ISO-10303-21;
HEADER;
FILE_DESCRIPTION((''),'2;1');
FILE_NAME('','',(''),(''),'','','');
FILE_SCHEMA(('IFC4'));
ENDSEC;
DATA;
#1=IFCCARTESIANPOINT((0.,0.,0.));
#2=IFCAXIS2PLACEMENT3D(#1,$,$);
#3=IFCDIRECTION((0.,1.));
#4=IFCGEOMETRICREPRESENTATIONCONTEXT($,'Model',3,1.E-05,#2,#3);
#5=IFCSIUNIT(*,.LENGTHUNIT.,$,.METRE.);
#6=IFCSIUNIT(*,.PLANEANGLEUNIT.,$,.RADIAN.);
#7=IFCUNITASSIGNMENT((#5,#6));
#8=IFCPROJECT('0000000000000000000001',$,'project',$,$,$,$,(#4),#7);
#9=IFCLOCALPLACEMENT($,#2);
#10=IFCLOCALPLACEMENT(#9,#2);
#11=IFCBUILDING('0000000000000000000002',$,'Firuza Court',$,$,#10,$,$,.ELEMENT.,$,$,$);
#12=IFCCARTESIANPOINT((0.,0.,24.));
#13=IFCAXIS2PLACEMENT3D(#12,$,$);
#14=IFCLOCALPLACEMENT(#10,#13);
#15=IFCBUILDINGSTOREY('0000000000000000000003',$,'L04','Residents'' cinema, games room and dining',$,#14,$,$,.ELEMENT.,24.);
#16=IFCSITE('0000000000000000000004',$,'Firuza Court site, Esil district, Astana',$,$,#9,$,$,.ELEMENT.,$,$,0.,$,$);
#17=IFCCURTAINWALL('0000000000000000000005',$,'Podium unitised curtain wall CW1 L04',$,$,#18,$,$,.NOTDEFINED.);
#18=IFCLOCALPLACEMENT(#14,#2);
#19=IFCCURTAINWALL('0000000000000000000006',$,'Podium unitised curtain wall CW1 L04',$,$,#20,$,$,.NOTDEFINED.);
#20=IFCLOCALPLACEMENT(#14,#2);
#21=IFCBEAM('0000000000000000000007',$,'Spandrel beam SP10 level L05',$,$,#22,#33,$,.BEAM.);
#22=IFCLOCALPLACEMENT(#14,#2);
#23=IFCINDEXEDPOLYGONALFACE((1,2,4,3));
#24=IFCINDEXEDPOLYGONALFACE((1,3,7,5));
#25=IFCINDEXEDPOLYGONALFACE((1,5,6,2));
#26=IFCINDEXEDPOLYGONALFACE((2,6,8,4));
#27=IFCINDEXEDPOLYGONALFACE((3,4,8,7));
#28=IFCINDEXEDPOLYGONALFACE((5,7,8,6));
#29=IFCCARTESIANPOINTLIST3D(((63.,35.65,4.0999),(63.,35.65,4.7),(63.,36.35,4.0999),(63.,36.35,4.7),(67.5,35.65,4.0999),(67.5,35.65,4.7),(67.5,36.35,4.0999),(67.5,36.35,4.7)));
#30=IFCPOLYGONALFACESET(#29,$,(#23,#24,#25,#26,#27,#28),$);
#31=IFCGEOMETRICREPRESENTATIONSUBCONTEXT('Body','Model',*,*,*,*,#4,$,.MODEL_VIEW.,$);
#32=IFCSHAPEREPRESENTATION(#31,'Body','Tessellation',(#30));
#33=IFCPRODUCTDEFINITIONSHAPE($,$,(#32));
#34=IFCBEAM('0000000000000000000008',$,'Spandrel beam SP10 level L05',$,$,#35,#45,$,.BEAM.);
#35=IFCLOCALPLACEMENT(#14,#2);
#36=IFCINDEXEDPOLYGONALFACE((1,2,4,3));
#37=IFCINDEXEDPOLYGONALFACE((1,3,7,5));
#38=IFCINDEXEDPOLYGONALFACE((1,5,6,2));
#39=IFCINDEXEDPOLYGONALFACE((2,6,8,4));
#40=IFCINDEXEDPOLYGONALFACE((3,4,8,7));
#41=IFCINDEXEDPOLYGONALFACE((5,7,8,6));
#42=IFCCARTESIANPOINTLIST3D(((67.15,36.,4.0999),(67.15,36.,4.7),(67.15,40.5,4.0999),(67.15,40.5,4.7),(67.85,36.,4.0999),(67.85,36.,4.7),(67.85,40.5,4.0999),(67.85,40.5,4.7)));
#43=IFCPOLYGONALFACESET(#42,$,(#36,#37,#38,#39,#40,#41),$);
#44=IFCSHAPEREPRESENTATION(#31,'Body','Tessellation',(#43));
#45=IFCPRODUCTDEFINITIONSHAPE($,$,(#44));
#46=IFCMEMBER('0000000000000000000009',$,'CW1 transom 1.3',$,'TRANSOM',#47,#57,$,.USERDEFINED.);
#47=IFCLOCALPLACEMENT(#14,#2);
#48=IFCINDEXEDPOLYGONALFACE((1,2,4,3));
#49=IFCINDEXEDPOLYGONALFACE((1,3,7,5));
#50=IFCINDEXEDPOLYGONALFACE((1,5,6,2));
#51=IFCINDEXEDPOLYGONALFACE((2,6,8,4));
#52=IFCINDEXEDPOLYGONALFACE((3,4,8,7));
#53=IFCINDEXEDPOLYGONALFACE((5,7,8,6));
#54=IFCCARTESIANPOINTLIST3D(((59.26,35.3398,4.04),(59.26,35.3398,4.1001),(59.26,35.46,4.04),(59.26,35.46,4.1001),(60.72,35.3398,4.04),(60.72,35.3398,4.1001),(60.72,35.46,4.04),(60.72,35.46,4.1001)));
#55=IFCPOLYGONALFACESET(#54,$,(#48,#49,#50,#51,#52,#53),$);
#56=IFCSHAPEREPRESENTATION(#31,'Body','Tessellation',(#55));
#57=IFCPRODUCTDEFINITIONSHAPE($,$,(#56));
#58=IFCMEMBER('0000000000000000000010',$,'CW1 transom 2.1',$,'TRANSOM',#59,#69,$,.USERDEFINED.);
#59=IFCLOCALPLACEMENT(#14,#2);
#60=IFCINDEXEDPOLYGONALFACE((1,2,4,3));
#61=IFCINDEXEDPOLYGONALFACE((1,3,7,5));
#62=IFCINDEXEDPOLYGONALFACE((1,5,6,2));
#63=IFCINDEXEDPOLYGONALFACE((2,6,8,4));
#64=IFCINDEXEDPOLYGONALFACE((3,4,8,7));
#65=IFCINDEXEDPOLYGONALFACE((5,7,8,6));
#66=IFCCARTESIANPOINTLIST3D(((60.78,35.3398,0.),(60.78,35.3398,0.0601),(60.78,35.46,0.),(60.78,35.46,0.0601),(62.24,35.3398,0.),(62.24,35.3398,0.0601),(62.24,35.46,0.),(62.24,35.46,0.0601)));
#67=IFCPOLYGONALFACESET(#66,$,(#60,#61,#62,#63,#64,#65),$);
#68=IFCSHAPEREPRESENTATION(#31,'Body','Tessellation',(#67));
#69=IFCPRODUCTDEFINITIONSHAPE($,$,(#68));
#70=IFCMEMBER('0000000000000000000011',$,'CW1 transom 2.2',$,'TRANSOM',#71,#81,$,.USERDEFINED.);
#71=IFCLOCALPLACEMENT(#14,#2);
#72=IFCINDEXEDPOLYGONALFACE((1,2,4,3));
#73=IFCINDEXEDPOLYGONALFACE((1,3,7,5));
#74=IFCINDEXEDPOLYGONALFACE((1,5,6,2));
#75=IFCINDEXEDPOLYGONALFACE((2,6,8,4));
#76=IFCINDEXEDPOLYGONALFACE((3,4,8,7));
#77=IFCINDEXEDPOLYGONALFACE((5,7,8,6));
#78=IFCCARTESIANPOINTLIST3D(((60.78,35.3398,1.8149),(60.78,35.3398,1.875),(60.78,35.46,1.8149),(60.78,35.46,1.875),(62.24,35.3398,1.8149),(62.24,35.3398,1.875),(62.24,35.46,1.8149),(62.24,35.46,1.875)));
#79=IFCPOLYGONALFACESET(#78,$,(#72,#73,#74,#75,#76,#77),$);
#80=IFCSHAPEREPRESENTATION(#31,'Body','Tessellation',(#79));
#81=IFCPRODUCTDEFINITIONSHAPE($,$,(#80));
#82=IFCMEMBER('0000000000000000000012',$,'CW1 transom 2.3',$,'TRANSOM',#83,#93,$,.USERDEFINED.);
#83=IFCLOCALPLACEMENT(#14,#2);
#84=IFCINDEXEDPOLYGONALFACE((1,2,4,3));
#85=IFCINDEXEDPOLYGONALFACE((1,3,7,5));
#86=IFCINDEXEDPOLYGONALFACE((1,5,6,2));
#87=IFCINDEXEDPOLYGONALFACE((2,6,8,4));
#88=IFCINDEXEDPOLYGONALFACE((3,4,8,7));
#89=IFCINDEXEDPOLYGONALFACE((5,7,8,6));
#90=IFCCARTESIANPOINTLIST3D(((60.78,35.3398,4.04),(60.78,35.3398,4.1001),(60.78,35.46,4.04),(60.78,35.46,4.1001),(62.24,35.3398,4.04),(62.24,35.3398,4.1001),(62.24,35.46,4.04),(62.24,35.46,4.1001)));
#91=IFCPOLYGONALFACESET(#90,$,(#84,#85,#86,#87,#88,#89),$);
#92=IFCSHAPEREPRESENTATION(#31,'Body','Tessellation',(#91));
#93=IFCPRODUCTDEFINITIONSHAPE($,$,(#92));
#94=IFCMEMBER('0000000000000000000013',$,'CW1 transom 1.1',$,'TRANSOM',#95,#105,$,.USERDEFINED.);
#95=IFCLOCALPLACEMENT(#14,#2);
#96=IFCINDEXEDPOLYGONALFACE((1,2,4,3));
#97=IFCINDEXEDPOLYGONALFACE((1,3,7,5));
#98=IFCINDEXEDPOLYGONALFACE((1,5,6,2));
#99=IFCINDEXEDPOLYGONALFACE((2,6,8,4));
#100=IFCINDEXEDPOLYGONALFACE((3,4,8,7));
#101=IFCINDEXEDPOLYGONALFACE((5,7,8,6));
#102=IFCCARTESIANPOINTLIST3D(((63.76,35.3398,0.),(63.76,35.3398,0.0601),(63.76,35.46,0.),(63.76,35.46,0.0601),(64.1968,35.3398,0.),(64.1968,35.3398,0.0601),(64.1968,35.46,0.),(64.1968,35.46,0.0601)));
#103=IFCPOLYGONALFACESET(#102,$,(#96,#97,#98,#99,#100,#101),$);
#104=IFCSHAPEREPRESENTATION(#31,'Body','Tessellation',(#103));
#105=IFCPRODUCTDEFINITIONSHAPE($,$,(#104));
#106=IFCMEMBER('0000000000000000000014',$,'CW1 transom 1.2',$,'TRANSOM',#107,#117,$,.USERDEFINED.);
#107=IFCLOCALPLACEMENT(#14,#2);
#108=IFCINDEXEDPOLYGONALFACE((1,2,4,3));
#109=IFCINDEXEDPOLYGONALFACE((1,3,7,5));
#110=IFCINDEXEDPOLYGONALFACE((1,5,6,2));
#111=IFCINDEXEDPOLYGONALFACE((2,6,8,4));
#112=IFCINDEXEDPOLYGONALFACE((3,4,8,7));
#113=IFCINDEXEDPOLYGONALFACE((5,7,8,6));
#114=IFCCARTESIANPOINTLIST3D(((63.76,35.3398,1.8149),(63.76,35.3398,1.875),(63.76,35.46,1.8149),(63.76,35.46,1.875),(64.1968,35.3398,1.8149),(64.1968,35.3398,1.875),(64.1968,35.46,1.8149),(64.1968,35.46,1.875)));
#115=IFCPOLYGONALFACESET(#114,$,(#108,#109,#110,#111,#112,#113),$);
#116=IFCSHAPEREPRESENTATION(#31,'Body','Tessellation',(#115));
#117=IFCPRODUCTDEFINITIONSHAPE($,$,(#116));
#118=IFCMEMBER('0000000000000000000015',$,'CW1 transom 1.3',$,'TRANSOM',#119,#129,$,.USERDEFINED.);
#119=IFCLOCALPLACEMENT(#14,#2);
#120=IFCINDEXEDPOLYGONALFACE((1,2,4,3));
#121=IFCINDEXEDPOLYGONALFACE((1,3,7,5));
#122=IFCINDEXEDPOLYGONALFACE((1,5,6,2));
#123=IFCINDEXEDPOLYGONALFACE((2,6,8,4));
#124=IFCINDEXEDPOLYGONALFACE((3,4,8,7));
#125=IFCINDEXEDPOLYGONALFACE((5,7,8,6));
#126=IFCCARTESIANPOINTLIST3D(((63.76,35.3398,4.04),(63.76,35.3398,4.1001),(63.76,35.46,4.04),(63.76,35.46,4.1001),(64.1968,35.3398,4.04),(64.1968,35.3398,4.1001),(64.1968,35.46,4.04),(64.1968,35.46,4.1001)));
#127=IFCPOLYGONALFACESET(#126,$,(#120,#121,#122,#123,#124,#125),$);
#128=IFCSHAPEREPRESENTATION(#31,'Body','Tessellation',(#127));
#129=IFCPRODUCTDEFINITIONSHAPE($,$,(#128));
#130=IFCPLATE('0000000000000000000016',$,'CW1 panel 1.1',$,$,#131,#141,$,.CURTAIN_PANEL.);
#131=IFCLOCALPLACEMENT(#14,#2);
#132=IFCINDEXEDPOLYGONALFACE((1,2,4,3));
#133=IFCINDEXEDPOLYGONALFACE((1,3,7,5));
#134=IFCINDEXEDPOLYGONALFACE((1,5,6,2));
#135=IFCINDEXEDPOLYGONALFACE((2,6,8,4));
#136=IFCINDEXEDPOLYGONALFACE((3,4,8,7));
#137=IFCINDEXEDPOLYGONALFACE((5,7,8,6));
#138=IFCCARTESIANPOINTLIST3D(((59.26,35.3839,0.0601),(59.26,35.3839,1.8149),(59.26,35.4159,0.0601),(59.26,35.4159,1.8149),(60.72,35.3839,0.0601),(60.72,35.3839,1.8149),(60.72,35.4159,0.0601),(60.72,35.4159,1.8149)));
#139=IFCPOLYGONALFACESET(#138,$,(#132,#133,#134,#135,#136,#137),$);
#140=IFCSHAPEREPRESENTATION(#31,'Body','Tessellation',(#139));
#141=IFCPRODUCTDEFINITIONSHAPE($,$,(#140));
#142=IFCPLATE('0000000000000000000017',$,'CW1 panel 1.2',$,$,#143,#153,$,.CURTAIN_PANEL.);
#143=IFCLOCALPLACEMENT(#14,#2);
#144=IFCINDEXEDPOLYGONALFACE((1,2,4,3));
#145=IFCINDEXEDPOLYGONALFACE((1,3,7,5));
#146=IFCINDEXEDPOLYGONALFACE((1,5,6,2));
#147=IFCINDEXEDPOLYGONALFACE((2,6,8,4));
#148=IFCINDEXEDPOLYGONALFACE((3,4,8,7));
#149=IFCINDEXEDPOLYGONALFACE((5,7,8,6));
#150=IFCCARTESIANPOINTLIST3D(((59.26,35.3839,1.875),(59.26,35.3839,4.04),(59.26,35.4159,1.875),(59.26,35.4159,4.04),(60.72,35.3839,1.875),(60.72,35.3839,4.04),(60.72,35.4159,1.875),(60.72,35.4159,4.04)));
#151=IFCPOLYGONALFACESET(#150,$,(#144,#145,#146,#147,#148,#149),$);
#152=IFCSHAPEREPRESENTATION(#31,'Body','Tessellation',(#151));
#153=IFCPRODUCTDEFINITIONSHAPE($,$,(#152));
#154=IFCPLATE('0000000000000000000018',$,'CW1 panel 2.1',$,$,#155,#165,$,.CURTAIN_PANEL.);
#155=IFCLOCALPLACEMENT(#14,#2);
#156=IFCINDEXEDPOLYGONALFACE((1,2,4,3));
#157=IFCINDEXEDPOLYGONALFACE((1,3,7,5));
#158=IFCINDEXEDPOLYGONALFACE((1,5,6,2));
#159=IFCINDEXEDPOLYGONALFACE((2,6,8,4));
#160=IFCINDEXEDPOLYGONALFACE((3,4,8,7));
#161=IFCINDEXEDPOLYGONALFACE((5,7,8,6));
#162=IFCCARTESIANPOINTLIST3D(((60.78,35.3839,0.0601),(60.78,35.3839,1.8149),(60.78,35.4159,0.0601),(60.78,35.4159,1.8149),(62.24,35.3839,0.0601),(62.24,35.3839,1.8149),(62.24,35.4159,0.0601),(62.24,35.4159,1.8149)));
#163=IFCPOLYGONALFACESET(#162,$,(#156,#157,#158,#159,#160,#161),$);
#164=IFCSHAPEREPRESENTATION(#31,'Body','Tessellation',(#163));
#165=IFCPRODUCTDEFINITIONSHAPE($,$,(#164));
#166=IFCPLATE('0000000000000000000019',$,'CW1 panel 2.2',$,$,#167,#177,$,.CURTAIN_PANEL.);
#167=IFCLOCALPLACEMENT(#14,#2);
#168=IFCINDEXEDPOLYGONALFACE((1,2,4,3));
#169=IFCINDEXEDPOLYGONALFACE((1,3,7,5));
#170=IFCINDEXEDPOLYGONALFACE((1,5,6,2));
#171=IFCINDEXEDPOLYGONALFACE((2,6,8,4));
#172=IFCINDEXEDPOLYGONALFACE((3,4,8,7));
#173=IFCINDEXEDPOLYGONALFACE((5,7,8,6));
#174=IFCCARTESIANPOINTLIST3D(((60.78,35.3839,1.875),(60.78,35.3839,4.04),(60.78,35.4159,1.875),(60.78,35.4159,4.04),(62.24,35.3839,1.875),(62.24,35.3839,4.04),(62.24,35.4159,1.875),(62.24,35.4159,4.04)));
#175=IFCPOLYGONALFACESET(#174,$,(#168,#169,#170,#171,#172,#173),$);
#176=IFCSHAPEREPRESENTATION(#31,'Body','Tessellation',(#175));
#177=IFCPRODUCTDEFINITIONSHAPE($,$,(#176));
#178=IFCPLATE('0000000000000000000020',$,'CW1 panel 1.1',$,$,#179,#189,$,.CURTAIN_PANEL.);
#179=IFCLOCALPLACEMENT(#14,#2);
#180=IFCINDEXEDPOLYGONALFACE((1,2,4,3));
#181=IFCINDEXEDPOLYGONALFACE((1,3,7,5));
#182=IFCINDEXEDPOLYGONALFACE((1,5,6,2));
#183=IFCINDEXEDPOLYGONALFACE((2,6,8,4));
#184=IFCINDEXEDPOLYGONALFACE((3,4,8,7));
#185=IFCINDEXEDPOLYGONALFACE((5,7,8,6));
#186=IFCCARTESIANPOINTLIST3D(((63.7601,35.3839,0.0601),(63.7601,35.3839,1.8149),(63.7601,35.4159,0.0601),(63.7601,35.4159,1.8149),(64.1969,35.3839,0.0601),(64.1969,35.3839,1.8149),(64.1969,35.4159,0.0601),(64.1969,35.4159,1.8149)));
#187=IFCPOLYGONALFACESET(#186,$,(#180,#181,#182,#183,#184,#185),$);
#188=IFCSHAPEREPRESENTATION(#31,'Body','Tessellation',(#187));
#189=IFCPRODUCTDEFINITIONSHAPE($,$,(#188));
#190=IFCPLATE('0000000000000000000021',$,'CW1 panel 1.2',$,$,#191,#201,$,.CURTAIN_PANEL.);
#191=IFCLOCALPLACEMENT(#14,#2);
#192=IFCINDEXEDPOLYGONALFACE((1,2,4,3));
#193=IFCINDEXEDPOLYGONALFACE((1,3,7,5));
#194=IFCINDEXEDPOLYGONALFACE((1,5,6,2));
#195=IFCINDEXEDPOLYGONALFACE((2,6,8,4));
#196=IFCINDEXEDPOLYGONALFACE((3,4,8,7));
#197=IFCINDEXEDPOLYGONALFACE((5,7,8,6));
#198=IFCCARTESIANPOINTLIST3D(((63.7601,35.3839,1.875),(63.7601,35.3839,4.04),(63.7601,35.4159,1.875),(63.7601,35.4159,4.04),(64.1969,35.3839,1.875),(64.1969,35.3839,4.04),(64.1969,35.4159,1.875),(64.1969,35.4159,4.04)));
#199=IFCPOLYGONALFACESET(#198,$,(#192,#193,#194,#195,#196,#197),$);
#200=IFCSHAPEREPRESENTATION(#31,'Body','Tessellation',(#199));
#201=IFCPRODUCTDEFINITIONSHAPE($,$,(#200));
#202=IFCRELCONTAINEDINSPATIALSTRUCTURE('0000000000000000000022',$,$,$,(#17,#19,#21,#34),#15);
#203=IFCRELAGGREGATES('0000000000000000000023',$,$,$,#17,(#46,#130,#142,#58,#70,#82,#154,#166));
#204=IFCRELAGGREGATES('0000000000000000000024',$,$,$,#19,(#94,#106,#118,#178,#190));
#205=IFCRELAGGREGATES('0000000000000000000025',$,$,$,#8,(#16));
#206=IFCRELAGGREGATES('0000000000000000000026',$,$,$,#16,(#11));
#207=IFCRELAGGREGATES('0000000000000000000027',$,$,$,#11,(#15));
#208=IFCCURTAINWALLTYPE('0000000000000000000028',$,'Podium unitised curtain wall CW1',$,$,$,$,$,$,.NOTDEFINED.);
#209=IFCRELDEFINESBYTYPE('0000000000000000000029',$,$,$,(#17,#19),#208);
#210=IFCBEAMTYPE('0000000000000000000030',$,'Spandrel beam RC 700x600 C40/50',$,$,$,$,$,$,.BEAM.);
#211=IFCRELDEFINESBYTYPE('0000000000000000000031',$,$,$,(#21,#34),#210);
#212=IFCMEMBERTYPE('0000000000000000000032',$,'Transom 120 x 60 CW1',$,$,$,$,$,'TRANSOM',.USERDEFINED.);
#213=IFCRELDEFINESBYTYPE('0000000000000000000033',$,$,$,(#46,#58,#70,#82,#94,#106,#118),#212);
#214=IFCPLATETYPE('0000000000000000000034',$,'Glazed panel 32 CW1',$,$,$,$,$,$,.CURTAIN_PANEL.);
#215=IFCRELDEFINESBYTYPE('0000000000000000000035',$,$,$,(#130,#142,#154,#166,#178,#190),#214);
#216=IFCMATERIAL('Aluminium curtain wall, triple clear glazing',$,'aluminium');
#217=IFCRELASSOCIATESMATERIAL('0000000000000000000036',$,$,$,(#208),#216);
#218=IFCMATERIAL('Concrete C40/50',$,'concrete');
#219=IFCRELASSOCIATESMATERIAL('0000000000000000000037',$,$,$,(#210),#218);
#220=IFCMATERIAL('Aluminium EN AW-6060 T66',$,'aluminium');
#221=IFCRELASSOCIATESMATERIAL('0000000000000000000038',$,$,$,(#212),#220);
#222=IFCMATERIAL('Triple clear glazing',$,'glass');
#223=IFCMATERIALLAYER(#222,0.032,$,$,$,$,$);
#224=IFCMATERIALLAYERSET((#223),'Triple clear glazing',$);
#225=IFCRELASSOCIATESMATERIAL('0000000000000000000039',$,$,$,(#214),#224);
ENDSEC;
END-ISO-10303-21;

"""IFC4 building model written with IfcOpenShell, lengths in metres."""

from ifc_helpers import new_model, si_unit, direction, frame, origin, origin_2d, place, context, subcontext, project, spatial, rectangle, extrude, material, layer, layer_set, material_profile, profile_set, type_object, element, aggregate, save


model = new_model("IFC4")

# Units and contexts
model_context = context("Model", 3, precision=1e-05, world=origin(), true_north=direction((0.0, 1.0)))
body_context = subcontext(model_context, "Body", "Model", "MODEL_VIEW")
ifc_project = project(units=[si_unit("LENGTHUNIT", "METRE"), si_unit("PLANEANGLEUNIT", "RADIAN")], contexts=[model_context])

# Site, building, storey
site_placement = place(None, origin())
site = spatial("IfcSite", under=ifc_project, at=site_placement, Name="Firuza Court site, Esil district, Astana", CompositionType="ELEMENT", RefElevation=0.0)
building_placement = place(site_placement, origin())
building = spatial("IfcBuilding", under=site, at=building_placement, Name="Firuza Court", CompositionType="ELEMENT")
storey_placement = place(building_placement, frame((0.0, 0.0, 24.0)))
storey = spatial("IfcBuildingStorey", under=building, at=storey_placement, Name="L04", Description="Residents' cinema, games room and dining", CompositionType="ELEMENT", Elevation=24.0)

# Curtain walls
ifc_material_1 = material(Name="Aluminium curtain wall, triple clear glazing", Category="aluminium")
curtain_wall_type = type_object("IfcCurtainWallType", Name="Podium unitised curtain wall CW1", PredefinedType="NOTDEFINED", material=ifc_material_1)
curtain_wall_1_placement = place(storey_placement, origin())
curtain_wall_1 = element("IfcCurtainWall", 1, at=curtain_wall_1_placement, inside=storey, type_object=curtain_wall_type, Name="Podium unitised curtain wall CW1 L04", PredefinedType="NOTDEFINED")
curtain_wall_2_placement = place(storey_placement, origin())
curtain_wall_2 = element("IfcCurtainWall", 2, at=curtain_wall_2_placement, inside=storey, type_object=curtain_wall_type, Name="Podium unitised curtain wall CW1 L04", PredefinedType="NOTDEFINED")

# Beams
ifc_material_2 = material(Name="Concrete C40/50", Category="concrete")
ifc_material_profile_1 = material_profile(ifc_material_2, rectangle(XDim=0.7, YDim=0.6001, at=origin_2d()), Name="RC 700x600")
ifc_profile_set_1 = profile_set([ifc_material_profile_1], Name="Concrete C40/50")
beam_type_1 = type_object("IfcBeamType", Name="Spandrel beam RC 700x600 C40/50", PredefinedType="BEAM", material=ifc_profile_set_1)
for number, where, z_axis, x_axis, name in (
    (3, (63.0, 36.0, 4.3999), (1.0, 0.0, 0.0), (0.0, 1.0, 0.0), "Spandrel beam SP10 level L05"),
    (4, (67.5, 36.0, 4.3999), (0.0, 1.0, 0.0), (-1.0, 0.0, 0.0), "Spandrel beam SP10 level L05"),
):
    element("IfcBeam", number, at=place(storey_placement, frame(where, z_axis=z_axis, x_axis=x_axis)), inside=storey, type_object=beam_type_1, Name=name, PredefinedType="BEAM", context=body_context, shape_type="SweptSolid", body=[
        extrude(rectangle(XDim=0.7, YDim=0.6001, at=origin_2d()), origin(), (0.0, 0.0, 1.0), 4.5),
    ])

# Members
ifc_material_3 = material(Name="Aluminium EN AW-6060 T66", Category="aluminium")
ifc_material_profile_2 = material_profile(ifc_material_3, rectangle(XDim=0.1201, YDim=0.0601, at=origin_2d()), Name="Transom 120 x 60 CW1")
ifc_profile_set_2 = profile_set([ifc_material_profile_2], Name="Aluminium EN AW-6060 T66")
member_type_1 = type_object("IfcMemberType", Name="Transom 120 x 60 CW1", ElementType="TRANSOM", PredefinedType="USERDEFINED", material=ifc_profile_set_2)
member_1_placement = place(storey_placement, frame((59.26, 35.3999, 4.0701), z_axis=(1.0, 0.0, 0.0), x_axis=(0.0, 1.0, 0.0)))
member_1 = element("IfcMember", 5, at=member_1_placement, type_object=member_type_1, Name="CW1 transom 1.3", ObjectType="TRANSOM", PredefinedType="USERDEFINED", context=body_context, shape_type="SweptSolid", body=[
    extrude(rectangle(XDim=0.1201, YDim=0.0601, at=origin_2d()), origin(), (0.0, 0.0, 1.0), 1.46),
])
member_2_placement = place(storey_placement, frame((60.78, 35.3999, 0.03), z_axis=(1.0, 0.0, 0.0), x_axis=(0.0, 1.0, 0.0)))
member_2 = element("IfcMember", 6, at=member_2_placement, type_object=member_type_1, Name="CW1 transom 2.1", ObjectType="TRANSOM", PredefinedType="USERDEFINED", context=body_context, shape_type="SweptSolid", body=[
    extrude(rectangle(XDim=0.1201, YDim=0.0601, at=origin_2d()), origin(), (0.0, 0.0, 1.0), 1.46),
])
member_3_placement = place(storey_placement, frame((60.78, 35.3999, 1.845), z_axis=(1.0, 0.0, 0.0), x_axis=(0.0, 1.0, 0.0)))
member_3 = element("IfcMember", 7, at=member_3_placement, type_object=member_type_1, Name="CW1 transom 2.2", ObjectType="TRANSOM", PredefinedType="USERDEFINED", context=body_context, shape_type="SweptSolid", body=[
    extrude(rectangle(XDim=0.1201, YDim=0.0601, at=origin_2d()), origin(), (0.0, 0.0, 1.0), 1.46),
])
member_4_placement = place(storey_placement, frame((60.78, 35.3999, 4.0701), z_axis=(1.0, 0.0, 0.0), x_axis=(0.0, 1.0, 0.0)))
member_4 = element("IfcMember", 8, at=member_4_placement, type_object=member_type_1, Name="CW1 transom 2.3", ObjectType="TRANSOM", PredefinedType="USERDEFINED", context=body_context, shape_type="SweptSolid", body=[
    extrude(rectangle(XDim=0.1201, YDim=0.0601, at=origin_2d()), origin(), (0.0, 0.0, 1.0), 1.46),
])
member_5_placement = place(storey_placement, frame((63.76, 35.3999, 0.03), z_axis=(1.0, 0.0, 0.0), x_axis=(0.0, 1.0, 0.0)))
member_5 = element("IfcMember", 9, at=member_5_placement, type_object=member_type_1, Name="CW1 transom 1.1", ObjectType="TRANSOM", PredefinedType="USERDEFINED", context=body_context, shape_type="SweptSolid", body=[
    extrude(rectangle(XDim=0.1201, YDim=0.0601, at=origin_2d()), origin(), (0.0, 0.0, 1.0), 0.4368),
])
member_6_placement = place(storey_placement, frame((63.76, 35.3999, 1.845), z_axis=(1.0, 0.0, 0.0), x_axis=(0.0, 1.0, 0.0)))
member_6 = element("IfcMember", 10, at=member_6_placement, type_object=member_type_1, Name="CW1 transom 1.2", ObjectType="TRANSOM", PredefinedType="USERDEFINED", context=body_context, shape_type="SweptSolid", body=[
    extrude(rectangle(XDim=0.1201, YDim=0.0601, at=origin_2d()), origin(), (0.0, 0.0, 1.0), 0.4368),
])
member_7_placement = place(storey_placement, frame((63.76, 35.3999, 4.0701), z_axis=(1.0, 0.0, 0.0), x_axis=(0.0, 1.0, 0.0)))
member_7 = element("IfcMember", 11, at=member_7_placement, type_object=member_type_1, Name="CW1 transom 1.3", ObjectType="TRANSOM", PredefinedType="USERDEFINED", context=body_context, shape_type="SweptSolid", body=[
    extrude(rectangle(XDim=0.1201, YDim=0.0601, at=origin_2d()), origin(), (0.0, 0.0, 1.0), 0.4368),
])

# Plates
ifc_material_4 = material(Name="Triple clear glazing", Category="glass")
ifc_layer_1 = layer(ifc_material_4, 0.032)
ifc_layer_set_1 = layer_set([ifc_layer_1], Name="Triple clear glazing")
plate_type = type_object("IfcPlateType", Name="Glazed panel 32 CW1", PredefinedType="CURTAIN_PANEL", material=ifc_layer_set_1)
plate_1_placement = place(storey_placement, frame((59.99, 35.3999, 0.0601), z_axis=(0.0, 0.0, 1.0), x_axis=(1.0, 0.0, 0.0)))
plate_1 = element("IfcPlate", 12, at=plate_1_placement, type_object=plate_type, Name="CW1 panel 1.1", PredefinedType="CURTAIN_PANEL", context=body_context, shape_type="SweptSolid", body=[
    extrude(rectangle(XDim=1.46, YDim=0.032, at=origin_2d()), origin(), (0.0, 0.0, 1.0), 1.7549),
])
plate_2_placement = place(storey_placement, frame((59.99, 35.3999, 1.875), z_axis=(0.0, 0.0, 1.0), x_axis=(1.0, 0.0, 0.0)))
plate_2 = element("IfcPlate", 13, at=plate_2_placement, type_object=plate_type, Name="CW1 panel 1.2", PredefinedType="CURTAIN_PANEL", context=body_context, shape_type="SweptSolid", body=[
    extrude(rectangle(XDim=1.46, YDim=0.032, at=origin_2d()), origin(), (0.0, 0.0, 1.0), 2.165),
])
plate_3_placement = place(storey_placement, frame((61.51, 35.3999, 0.0601), z_axis=(0.0, 0.0, 1.0), x_axis=(1.0, 0.0, 0.0)))
plate_3 = element("IfcPlate", 14, at=plate_3_placement, type_object=plate_type, Name="CW1 panel 2.1", PredefinedType="CURTAIN_PANEL", context=body_context, shape_type="SweptSolid", body=[
    extrude(rectangle(XDim=1.46, YDim=0.032, at=origin_2d()), origin(), (0.0, 0.0, 1.0), 1.7549),
])
plate_4_placement = place(storey_placement, frame((61.51, 35.3999, 1.875), z_axis=(0.0, 0.0, 1.0), x_axis=(1.0, 0.0, 0.0)))
plate_4 = element("IfcPlate", 15, at=plate_4_placement, type_object=plate_type, Name="CW1 panel 2.2", PredefinedType="CURTAIN_PANEL", context=body_context, shape_type="SweptSolid", body=[
    extrude(rectangle(XDim=1.46, YDim=0.032, at=origin_2d()), origin(), (0.0, 0.0, 1.0), 2.165),
])
aggregate(curtain_wall_1, [member_1, plate_1, plate_2, member_2, member_3, member_4, plate_3, plate_4])
plate_5_placement = place(storey_placement, frame((63.9785, 35.3999, 0.0601), z_axis=(0.0, 0.0, 1.0), x_axis=(1.0, 0.0, 0.0)))
plate_5 = element("IfcPlate", 16, at=plate_5_placement, type_object=plate_type, Name="CW1 panel 1.1", PredefinedType="CURTAIN_PANEL", context=body_context, shape_type="SweptSolid", body=[
    extrude(rectangle(XDim=0.4368, YDim=0.032, at=origin_2d()), origin(), (0.0, 0.0, 1.0), 1.7549),
])
plate_6_placement = place(storey_placement, frame((63.9785, 35.3999, 1.875), z_axis=(0.0, 0.0, 1.0), x_axis=(1.0, 0.0, 0.0)))
plate_6 = element("IfcPlate", 17, at=plate_6_placement, type_object=plate_type, Name="CW1 panel 1.2", PredefinedType="CURTAIN_PANEL", context=body_context, shape_type="SweptSolid", body=[
    extrude(rectangle(XDim=0.4368, YDim=0.032, at=origin_2d()), origin(), (0.0, 0.0, 1.0), 2.165),
])
aggregate(curtain_wall_2, [member_5, member_6, member_7, plate_5, plate_6])

save(model, "model.ifc")
